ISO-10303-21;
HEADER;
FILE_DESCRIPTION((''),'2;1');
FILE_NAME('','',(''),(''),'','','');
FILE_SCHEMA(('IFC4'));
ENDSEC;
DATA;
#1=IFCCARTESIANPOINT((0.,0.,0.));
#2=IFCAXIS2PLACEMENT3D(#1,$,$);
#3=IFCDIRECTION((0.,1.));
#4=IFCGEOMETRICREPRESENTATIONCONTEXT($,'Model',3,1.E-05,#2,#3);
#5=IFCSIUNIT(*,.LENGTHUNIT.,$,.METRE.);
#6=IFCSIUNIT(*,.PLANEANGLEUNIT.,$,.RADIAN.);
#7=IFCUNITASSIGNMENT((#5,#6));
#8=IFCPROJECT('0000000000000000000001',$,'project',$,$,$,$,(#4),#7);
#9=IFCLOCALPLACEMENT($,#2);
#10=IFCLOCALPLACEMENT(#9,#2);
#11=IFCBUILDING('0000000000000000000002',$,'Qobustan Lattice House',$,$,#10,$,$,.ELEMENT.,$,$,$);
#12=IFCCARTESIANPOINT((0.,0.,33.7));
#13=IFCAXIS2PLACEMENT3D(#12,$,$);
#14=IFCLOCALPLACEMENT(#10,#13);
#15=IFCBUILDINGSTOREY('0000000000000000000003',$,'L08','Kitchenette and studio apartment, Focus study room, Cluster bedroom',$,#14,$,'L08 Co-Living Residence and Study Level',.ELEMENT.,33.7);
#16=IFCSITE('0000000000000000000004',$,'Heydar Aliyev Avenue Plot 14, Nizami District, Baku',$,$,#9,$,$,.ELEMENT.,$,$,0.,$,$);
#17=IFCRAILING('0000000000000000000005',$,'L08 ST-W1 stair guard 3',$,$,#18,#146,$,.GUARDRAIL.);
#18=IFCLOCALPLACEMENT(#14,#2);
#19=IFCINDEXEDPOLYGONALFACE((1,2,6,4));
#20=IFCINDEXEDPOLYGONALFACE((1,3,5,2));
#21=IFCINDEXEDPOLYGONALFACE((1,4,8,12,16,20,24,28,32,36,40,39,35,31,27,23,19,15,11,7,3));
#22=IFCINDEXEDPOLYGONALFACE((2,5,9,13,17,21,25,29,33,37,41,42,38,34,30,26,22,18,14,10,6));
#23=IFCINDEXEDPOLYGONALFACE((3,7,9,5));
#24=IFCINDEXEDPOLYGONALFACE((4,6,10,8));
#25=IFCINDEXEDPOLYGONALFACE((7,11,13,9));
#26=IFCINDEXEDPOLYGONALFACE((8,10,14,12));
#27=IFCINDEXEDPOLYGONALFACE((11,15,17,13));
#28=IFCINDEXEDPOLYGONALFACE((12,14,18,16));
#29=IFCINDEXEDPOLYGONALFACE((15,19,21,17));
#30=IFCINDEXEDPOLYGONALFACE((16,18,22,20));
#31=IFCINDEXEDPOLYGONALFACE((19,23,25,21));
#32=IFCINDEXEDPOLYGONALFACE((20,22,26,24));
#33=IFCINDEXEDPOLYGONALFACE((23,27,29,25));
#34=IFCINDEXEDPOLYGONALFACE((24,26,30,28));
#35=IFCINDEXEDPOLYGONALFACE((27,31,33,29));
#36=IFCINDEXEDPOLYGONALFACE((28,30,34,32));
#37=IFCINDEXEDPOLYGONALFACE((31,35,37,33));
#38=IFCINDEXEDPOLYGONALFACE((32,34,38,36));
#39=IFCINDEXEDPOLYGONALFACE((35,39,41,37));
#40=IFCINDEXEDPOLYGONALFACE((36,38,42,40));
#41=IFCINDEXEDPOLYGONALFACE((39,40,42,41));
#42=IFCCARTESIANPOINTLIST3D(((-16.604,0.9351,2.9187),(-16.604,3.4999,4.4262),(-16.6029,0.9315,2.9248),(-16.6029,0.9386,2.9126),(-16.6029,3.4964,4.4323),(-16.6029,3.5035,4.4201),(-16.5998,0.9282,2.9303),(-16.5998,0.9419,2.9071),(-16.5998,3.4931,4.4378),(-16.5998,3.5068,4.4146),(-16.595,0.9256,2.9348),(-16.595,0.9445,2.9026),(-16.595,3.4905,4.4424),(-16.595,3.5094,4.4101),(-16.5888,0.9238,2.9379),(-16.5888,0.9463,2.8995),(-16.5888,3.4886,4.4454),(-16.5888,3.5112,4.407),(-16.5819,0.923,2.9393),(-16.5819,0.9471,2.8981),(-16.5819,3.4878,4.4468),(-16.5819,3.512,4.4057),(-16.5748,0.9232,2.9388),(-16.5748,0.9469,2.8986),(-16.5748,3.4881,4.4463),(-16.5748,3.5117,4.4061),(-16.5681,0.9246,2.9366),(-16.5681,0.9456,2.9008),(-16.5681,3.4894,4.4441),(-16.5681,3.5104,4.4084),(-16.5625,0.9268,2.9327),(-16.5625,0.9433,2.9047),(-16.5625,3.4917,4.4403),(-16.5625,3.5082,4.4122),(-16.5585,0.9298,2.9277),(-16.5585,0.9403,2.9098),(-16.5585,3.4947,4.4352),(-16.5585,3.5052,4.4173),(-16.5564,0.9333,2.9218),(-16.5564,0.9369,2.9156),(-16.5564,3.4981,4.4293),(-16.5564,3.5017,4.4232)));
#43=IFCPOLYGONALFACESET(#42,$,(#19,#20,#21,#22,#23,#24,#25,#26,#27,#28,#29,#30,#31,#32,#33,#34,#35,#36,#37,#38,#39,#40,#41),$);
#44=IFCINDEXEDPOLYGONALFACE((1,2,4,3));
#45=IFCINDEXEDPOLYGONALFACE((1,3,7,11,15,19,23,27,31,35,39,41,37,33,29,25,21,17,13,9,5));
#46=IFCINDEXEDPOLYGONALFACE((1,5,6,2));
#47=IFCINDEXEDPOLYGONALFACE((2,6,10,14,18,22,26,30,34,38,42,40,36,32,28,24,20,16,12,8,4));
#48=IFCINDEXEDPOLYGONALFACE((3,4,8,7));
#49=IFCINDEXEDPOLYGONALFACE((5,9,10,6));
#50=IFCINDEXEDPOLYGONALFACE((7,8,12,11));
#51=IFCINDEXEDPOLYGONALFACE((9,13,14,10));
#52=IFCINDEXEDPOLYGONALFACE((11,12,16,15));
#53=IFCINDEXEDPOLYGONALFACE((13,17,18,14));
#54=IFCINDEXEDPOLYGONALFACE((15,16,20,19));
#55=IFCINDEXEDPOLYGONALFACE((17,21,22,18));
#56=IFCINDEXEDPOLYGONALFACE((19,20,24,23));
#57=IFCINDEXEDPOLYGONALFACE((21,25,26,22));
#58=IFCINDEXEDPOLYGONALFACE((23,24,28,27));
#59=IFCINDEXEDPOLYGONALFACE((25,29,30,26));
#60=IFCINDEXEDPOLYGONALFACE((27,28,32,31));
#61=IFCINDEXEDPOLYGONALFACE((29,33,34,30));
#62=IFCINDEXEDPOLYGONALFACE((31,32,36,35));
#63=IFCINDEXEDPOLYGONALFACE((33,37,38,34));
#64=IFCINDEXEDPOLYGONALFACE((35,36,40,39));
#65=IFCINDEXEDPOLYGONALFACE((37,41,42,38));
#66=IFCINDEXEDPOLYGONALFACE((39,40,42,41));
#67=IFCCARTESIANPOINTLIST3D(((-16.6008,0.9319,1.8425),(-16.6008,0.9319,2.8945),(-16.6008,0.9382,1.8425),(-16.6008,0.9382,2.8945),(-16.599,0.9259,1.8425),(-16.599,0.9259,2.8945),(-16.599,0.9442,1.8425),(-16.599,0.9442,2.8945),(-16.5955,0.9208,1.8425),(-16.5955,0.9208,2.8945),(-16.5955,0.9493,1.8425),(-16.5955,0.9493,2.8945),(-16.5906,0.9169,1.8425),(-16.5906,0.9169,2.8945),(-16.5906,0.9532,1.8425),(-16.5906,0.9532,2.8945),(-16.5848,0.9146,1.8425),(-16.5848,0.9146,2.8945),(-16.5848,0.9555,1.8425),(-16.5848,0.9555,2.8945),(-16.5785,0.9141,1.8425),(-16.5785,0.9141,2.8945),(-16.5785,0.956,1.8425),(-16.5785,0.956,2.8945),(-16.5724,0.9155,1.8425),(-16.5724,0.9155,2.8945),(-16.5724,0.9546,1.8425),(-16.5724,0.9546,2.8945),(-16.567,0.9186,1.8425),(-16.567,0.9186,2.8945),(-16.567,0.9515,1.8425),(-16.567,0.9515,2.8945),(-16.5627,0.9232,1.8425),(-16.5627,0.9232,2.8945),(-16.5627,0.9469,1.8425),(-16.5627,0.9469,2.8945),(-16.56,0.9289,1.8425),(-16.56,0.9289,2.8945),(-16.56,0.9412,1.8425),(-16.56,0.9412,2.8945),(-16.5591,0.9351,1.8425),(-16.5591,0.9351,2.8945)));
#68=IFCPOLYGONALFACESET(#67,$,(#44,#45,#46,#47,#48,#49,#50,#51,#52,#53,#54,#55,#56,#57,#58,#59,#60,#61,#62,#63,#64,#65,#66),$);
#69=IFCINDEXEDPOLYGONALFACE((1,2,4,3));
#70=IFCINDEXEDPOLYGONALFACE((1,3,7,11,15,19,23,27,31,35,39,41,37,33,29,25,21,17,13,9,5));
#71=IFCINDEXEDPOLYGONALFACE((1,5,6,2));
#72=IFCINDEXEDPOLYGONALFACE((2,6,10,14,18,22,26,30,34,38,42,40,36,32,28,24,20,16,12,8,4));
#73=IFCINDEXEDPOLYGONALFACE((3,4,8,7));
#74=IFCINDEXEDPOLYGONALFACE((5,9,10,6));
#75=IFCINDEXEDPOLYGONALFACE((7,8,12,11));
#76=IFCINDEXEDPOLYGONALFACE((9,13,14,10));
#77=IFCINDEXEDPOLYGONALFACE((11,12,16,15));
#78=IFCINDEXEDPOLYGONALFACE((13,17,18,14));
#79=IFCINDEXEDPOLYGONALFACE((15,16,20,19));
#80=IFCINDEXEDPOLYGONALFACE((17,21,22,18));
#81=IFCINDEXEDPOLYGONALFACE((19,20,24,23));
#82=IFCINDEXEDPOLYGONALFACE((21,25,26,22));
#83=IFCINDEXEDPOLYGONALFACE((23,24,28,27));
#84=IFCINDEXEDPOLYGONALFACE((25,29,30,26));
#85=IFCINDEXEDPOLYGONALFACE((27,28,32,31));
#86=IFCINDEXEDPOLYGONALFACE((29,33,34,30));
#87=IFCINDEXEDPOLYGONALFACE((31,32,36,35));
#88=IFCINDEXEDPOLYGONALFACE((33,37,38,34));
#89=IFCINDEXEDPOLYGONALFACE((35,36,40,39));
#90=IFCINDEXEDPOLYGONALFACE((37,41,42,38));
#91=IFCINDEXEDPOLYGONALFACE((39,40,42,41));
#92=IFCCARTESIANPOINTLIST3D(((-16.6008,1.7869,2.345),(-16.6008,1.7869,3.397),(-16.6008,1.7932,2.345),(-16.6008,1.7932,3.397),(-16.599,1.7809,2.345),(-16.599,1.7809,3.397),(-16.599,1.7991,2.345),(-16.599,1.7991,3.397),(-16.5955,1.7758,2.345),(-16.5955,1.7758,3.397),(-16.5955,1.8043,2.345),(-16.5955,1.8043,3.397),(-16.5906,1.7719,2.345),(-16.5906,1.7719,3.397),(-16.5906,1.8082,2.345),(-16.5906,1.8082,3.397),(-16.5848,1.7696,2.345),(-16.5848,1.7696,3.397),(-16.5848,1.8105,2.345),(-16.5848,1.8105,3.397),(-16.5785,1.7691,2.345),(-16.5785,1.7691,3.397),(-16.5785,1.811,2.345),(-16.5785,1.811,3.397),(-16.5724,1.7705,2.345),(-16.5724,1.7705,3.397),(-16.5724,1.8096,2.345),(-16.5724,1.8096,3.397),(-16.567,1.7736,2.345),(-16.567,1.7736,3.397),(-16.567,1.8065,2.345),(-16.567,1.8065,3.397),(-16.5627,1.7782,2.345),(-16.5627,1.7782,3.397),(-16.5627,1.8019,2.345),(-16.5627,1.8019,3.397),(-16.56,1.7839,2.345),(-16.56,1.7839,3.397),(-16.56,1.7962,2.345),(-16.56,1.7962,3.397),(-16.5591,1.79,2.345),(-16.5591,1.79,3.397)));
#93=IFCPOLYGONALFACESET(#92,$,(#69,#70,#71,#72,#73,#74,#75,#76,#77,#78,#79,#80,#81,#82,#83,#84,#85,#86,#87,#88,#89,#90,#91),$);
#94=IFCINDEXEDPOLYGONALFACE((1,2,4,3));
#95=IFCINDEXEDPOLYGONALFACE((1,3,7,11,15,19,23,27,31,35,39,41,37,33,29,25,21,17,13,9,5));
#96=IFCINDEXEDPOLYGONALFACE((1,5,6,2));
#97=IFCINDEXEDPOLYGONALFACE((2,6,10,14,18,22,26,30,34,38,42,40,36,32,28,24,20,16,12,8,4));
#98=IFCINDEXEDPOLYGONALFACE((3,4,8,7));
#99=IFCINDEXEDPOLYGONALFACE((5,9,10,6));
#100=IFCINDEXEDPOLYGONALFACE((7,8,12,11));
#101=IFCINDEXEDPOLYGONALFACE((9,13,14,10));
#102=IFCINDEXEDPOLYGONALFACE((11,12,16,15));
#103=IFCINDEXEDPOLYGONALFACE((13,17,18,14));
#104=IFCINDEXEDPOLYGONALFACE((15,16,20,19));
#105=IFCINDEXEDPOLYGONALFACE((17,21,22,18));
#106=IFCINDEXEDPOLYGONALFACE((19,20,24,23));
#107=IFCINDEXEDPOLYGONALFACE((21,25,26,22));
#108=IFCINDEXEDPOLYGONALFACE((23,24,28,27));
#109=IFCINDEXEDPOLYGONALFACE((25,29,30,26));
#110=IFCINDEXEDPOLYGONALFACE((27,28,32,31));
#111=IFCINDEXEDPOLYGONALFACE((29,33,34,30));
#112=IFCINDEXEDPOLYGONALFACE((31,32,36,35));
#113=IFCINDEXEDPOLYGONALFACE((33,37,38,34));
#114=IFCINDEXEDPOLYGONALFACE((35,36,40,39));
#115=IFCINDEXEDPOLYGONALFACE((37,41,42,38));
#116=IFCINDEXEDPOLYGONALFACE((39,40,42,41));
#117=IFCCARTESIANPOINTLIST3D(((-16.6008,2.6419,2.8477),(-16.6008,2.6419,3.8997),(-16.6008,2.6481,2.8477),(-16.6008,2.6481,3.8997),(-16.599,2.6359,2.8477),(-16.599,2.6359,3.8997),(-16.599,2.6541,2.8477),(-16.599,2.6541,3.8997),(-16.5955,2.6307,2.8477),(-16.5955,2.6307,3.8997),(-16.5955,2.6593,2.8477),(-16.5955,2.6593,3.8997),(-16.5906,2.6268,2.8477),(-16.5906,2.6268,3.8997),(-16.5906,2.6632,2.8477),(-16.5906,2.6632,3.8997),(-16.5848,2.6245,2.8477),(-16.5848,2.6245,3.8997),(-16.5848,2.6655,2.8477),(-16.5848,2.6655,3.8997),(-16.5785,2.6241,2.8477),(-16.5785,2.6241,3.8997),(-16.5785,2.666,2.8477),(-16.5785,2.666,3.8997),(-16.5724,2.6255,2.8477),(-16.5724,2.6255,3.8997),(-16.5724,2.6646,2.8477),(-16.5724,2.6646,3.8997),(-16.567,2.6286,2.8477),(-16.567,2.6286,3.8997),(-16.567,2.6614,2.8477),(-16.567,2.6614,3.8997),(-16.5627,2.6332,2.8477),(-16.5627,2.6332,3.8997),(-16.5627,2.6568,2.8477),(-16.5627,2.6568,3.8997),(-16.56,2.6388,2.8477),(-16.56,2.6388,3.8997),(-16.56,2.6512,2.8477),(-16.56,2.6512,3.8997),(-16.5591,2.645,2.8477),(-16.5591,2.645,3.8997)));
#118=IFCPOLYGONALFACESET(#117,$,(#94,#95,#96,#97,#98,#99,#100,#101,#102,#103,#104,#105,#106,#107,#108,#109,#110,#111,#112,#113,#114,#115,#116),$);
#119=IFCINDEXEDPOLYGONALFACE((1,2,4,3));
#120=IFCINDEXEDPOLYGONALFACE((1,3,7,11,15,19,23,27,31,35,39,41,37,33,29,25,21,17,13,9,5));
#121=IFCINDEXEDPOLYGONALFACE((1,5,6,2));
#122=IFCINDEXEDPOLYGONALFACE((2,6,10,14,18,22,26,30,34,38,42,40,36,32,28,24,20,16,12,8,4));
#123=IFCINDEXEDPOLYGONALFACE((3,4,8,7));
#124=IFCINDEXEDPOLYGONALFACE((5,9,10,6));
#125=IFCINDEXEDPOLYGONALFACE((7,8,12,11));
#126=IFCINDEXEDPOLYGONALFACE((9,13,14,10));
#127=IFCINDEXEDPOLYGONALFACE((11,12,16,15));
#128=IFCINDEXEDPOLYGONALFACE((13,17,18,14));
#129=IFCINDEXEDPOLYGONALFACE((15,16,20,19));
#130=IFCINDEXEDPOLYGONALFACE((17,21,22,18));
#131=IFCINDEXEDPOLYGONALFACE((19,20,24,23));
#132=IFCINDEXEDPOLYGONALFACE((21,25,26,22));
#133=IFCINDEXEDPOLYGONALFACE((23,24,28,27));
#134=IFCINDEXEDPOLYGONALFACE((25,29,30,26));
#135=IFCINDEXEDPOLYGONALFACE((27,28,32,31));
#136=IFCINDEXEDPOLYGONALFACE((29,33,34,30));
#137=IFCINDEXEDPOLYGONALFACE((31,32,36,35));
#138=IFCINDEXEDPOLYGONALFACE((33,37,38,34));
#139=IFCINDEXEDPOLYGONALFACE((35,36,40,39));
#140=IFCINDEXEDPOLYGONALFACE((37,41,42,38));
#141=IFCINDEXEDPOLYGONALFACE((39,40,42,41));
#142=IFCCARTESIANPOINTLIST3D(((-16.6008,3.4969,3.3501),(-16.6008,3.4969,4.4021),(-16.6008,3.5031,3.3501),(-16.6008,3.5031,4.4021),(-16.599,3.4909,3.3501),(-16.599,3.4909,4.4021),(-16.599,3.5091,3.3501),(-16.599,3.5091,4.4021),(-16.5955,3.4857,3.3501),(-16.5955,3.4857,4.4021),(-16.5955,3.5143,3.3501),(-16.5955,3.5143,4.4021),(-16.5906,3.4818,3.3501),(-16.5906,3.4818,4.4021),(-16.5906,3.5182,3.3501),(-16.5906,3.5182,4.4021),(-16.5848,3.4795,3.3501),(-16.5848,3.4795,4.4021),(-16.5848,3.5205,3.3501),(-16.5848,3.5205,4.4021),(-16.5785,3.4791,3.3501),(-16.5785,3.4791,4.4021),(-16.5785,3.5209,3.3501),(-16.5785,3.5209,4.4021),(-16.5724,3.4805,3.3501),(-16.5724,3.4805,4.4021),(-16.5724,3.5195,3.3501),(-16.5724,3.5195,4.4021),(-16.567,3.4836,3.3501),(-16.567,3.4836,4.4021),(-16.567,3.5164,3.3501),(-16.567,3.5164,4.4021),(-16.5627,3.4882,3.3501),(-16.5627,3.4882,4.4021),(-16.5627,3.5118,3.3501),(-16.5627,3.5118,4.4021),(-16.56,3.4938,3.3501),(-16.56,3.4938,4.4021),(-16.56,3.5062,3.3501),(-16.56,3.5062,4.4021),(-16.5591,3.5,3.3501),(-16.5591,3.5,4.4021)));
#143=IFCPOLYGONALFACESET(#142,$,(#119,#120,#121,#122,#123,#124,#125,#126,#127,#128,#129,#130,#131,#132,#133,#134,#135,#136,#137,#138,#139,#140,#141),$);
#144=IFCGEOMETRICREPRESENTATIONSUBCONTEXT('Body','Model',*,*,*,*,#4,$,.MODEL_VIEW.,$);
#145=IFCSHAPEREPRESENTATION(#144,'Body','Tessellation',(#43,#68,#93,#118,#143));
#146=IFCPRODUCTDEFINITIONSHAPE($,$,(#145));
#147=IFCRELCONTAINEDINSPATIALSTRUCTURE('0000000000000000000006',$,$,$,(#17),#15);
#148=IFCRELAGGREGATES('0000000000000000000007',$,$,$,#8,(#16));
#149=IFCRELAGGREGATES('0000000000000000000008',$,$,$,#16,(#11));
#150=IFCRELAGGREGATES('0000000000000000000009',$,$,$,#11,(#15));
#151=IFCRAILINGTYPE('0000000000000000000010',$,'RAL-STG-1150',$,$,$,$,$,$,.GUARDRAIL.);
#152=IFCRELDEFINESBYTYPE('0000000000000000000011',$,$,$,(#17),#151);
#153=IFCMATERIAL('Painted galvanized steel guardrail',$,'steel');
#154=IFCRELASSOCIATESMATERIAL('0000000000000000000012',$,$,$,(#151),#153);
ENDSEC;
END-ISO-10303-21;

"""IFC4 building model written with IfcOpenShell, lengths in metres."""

from ifc_helpers import new_model, si_unit, direction, frame, origin, origin_2d, place, context, subcontext, project, spatial, circle, extrude, material, type_object, element, save


model = new_model("IFC4")

# Units and contexts
model_context = context("Model", 3, precision=1e-05, world=origin(), true_north=direction((0.0, 1.0)))
body_context = subcontext(model_context, "Body", "Model", "MODEL_VIEW")
ifc_project = project(units=[si_unit("LENGTHUNIT", "METRE"), si_unit("PLANEANGLEUNIT", "RADIAN")], contexts=[model_context])

# Site, building, storey
site_placement = place(None, origin())
site = spatial("IfcSite", under=ifc_project, at=site_placement, Name="Heydar Aliyev Avenue Plot 14, Nizami District, Baku", CompositionType="ELEMENT", RefElevation=0.0)
building_placement = place(site_placement, origin())
building = spatial("IfcBuilding", under=site, at=building_placement, Name="Qobustan Lattice House", CompositionType="ELEMENT")
storey_placement = place(building_placement, frame((0.0, 0.0, 33.7)))
storey = spatial("IfcBuildingStorey", under=building, at=storey_placement, Name="L08", Description="Kitchenette and studio apartment, Focus study room, Cluster bedroom", LongName="L08 Co-Living Residence and Study Level", CompositionType="ELEMENT", Elevation=33.7)

# Railing
ifc_material_1 = material(Name="Painted galvanized steel guardrail", Category="steel")
railing_type_1 = type_object("IfcRailingType", Name="RAL-STG-1150", PredefinedType="GUARDRAIL", material=ifc_material_1)
railing_1_placement = place(storey_placement, frame((-16.5801, 0.9351, 1.8425)))
element("IfcRailing", 1, at=railing_1_placement, inside=storey, type_object=railing_type_1, Name="L08 ST-W1 stair guard 3", PredefinedType="GUARDRAIL", context=body_context, shape_type="SweptSolid", body=[
    extrude(circle(Radius=0.0239, at=origin_2d()), frame((0.0, 0.0, 1.0762), z_axis=(0.0, 0.862113, 0.506715), x_axis=(-1.0, 0.0, 0.0)), (0.0, 0.0, 1.0), 2.9751),
    extrude(circle(Radius=0.021, at=origin_2d()), origin(), (0.0, 0.0, 1.0), 1.052),
    extrude(circle(Radius=0.021, at=origin_2d()), frame((0.0, 0.855, 0.5024)), (0.0, 0.0, 1.0), 1.052),
    extrude(circle(Radius=0.021, at=origin_2d()), frame((0.0, 1.71, 1.0051)), (0.0, 0.0, 1.0), 1.052),
    extrude(circle(Radius=0.021, at=origin_2d()), frame((0.0, 2.5649, 1.5076)), (0.0, 0.0, 1.0), 1.052),
])

save(model, "model.ifc")
